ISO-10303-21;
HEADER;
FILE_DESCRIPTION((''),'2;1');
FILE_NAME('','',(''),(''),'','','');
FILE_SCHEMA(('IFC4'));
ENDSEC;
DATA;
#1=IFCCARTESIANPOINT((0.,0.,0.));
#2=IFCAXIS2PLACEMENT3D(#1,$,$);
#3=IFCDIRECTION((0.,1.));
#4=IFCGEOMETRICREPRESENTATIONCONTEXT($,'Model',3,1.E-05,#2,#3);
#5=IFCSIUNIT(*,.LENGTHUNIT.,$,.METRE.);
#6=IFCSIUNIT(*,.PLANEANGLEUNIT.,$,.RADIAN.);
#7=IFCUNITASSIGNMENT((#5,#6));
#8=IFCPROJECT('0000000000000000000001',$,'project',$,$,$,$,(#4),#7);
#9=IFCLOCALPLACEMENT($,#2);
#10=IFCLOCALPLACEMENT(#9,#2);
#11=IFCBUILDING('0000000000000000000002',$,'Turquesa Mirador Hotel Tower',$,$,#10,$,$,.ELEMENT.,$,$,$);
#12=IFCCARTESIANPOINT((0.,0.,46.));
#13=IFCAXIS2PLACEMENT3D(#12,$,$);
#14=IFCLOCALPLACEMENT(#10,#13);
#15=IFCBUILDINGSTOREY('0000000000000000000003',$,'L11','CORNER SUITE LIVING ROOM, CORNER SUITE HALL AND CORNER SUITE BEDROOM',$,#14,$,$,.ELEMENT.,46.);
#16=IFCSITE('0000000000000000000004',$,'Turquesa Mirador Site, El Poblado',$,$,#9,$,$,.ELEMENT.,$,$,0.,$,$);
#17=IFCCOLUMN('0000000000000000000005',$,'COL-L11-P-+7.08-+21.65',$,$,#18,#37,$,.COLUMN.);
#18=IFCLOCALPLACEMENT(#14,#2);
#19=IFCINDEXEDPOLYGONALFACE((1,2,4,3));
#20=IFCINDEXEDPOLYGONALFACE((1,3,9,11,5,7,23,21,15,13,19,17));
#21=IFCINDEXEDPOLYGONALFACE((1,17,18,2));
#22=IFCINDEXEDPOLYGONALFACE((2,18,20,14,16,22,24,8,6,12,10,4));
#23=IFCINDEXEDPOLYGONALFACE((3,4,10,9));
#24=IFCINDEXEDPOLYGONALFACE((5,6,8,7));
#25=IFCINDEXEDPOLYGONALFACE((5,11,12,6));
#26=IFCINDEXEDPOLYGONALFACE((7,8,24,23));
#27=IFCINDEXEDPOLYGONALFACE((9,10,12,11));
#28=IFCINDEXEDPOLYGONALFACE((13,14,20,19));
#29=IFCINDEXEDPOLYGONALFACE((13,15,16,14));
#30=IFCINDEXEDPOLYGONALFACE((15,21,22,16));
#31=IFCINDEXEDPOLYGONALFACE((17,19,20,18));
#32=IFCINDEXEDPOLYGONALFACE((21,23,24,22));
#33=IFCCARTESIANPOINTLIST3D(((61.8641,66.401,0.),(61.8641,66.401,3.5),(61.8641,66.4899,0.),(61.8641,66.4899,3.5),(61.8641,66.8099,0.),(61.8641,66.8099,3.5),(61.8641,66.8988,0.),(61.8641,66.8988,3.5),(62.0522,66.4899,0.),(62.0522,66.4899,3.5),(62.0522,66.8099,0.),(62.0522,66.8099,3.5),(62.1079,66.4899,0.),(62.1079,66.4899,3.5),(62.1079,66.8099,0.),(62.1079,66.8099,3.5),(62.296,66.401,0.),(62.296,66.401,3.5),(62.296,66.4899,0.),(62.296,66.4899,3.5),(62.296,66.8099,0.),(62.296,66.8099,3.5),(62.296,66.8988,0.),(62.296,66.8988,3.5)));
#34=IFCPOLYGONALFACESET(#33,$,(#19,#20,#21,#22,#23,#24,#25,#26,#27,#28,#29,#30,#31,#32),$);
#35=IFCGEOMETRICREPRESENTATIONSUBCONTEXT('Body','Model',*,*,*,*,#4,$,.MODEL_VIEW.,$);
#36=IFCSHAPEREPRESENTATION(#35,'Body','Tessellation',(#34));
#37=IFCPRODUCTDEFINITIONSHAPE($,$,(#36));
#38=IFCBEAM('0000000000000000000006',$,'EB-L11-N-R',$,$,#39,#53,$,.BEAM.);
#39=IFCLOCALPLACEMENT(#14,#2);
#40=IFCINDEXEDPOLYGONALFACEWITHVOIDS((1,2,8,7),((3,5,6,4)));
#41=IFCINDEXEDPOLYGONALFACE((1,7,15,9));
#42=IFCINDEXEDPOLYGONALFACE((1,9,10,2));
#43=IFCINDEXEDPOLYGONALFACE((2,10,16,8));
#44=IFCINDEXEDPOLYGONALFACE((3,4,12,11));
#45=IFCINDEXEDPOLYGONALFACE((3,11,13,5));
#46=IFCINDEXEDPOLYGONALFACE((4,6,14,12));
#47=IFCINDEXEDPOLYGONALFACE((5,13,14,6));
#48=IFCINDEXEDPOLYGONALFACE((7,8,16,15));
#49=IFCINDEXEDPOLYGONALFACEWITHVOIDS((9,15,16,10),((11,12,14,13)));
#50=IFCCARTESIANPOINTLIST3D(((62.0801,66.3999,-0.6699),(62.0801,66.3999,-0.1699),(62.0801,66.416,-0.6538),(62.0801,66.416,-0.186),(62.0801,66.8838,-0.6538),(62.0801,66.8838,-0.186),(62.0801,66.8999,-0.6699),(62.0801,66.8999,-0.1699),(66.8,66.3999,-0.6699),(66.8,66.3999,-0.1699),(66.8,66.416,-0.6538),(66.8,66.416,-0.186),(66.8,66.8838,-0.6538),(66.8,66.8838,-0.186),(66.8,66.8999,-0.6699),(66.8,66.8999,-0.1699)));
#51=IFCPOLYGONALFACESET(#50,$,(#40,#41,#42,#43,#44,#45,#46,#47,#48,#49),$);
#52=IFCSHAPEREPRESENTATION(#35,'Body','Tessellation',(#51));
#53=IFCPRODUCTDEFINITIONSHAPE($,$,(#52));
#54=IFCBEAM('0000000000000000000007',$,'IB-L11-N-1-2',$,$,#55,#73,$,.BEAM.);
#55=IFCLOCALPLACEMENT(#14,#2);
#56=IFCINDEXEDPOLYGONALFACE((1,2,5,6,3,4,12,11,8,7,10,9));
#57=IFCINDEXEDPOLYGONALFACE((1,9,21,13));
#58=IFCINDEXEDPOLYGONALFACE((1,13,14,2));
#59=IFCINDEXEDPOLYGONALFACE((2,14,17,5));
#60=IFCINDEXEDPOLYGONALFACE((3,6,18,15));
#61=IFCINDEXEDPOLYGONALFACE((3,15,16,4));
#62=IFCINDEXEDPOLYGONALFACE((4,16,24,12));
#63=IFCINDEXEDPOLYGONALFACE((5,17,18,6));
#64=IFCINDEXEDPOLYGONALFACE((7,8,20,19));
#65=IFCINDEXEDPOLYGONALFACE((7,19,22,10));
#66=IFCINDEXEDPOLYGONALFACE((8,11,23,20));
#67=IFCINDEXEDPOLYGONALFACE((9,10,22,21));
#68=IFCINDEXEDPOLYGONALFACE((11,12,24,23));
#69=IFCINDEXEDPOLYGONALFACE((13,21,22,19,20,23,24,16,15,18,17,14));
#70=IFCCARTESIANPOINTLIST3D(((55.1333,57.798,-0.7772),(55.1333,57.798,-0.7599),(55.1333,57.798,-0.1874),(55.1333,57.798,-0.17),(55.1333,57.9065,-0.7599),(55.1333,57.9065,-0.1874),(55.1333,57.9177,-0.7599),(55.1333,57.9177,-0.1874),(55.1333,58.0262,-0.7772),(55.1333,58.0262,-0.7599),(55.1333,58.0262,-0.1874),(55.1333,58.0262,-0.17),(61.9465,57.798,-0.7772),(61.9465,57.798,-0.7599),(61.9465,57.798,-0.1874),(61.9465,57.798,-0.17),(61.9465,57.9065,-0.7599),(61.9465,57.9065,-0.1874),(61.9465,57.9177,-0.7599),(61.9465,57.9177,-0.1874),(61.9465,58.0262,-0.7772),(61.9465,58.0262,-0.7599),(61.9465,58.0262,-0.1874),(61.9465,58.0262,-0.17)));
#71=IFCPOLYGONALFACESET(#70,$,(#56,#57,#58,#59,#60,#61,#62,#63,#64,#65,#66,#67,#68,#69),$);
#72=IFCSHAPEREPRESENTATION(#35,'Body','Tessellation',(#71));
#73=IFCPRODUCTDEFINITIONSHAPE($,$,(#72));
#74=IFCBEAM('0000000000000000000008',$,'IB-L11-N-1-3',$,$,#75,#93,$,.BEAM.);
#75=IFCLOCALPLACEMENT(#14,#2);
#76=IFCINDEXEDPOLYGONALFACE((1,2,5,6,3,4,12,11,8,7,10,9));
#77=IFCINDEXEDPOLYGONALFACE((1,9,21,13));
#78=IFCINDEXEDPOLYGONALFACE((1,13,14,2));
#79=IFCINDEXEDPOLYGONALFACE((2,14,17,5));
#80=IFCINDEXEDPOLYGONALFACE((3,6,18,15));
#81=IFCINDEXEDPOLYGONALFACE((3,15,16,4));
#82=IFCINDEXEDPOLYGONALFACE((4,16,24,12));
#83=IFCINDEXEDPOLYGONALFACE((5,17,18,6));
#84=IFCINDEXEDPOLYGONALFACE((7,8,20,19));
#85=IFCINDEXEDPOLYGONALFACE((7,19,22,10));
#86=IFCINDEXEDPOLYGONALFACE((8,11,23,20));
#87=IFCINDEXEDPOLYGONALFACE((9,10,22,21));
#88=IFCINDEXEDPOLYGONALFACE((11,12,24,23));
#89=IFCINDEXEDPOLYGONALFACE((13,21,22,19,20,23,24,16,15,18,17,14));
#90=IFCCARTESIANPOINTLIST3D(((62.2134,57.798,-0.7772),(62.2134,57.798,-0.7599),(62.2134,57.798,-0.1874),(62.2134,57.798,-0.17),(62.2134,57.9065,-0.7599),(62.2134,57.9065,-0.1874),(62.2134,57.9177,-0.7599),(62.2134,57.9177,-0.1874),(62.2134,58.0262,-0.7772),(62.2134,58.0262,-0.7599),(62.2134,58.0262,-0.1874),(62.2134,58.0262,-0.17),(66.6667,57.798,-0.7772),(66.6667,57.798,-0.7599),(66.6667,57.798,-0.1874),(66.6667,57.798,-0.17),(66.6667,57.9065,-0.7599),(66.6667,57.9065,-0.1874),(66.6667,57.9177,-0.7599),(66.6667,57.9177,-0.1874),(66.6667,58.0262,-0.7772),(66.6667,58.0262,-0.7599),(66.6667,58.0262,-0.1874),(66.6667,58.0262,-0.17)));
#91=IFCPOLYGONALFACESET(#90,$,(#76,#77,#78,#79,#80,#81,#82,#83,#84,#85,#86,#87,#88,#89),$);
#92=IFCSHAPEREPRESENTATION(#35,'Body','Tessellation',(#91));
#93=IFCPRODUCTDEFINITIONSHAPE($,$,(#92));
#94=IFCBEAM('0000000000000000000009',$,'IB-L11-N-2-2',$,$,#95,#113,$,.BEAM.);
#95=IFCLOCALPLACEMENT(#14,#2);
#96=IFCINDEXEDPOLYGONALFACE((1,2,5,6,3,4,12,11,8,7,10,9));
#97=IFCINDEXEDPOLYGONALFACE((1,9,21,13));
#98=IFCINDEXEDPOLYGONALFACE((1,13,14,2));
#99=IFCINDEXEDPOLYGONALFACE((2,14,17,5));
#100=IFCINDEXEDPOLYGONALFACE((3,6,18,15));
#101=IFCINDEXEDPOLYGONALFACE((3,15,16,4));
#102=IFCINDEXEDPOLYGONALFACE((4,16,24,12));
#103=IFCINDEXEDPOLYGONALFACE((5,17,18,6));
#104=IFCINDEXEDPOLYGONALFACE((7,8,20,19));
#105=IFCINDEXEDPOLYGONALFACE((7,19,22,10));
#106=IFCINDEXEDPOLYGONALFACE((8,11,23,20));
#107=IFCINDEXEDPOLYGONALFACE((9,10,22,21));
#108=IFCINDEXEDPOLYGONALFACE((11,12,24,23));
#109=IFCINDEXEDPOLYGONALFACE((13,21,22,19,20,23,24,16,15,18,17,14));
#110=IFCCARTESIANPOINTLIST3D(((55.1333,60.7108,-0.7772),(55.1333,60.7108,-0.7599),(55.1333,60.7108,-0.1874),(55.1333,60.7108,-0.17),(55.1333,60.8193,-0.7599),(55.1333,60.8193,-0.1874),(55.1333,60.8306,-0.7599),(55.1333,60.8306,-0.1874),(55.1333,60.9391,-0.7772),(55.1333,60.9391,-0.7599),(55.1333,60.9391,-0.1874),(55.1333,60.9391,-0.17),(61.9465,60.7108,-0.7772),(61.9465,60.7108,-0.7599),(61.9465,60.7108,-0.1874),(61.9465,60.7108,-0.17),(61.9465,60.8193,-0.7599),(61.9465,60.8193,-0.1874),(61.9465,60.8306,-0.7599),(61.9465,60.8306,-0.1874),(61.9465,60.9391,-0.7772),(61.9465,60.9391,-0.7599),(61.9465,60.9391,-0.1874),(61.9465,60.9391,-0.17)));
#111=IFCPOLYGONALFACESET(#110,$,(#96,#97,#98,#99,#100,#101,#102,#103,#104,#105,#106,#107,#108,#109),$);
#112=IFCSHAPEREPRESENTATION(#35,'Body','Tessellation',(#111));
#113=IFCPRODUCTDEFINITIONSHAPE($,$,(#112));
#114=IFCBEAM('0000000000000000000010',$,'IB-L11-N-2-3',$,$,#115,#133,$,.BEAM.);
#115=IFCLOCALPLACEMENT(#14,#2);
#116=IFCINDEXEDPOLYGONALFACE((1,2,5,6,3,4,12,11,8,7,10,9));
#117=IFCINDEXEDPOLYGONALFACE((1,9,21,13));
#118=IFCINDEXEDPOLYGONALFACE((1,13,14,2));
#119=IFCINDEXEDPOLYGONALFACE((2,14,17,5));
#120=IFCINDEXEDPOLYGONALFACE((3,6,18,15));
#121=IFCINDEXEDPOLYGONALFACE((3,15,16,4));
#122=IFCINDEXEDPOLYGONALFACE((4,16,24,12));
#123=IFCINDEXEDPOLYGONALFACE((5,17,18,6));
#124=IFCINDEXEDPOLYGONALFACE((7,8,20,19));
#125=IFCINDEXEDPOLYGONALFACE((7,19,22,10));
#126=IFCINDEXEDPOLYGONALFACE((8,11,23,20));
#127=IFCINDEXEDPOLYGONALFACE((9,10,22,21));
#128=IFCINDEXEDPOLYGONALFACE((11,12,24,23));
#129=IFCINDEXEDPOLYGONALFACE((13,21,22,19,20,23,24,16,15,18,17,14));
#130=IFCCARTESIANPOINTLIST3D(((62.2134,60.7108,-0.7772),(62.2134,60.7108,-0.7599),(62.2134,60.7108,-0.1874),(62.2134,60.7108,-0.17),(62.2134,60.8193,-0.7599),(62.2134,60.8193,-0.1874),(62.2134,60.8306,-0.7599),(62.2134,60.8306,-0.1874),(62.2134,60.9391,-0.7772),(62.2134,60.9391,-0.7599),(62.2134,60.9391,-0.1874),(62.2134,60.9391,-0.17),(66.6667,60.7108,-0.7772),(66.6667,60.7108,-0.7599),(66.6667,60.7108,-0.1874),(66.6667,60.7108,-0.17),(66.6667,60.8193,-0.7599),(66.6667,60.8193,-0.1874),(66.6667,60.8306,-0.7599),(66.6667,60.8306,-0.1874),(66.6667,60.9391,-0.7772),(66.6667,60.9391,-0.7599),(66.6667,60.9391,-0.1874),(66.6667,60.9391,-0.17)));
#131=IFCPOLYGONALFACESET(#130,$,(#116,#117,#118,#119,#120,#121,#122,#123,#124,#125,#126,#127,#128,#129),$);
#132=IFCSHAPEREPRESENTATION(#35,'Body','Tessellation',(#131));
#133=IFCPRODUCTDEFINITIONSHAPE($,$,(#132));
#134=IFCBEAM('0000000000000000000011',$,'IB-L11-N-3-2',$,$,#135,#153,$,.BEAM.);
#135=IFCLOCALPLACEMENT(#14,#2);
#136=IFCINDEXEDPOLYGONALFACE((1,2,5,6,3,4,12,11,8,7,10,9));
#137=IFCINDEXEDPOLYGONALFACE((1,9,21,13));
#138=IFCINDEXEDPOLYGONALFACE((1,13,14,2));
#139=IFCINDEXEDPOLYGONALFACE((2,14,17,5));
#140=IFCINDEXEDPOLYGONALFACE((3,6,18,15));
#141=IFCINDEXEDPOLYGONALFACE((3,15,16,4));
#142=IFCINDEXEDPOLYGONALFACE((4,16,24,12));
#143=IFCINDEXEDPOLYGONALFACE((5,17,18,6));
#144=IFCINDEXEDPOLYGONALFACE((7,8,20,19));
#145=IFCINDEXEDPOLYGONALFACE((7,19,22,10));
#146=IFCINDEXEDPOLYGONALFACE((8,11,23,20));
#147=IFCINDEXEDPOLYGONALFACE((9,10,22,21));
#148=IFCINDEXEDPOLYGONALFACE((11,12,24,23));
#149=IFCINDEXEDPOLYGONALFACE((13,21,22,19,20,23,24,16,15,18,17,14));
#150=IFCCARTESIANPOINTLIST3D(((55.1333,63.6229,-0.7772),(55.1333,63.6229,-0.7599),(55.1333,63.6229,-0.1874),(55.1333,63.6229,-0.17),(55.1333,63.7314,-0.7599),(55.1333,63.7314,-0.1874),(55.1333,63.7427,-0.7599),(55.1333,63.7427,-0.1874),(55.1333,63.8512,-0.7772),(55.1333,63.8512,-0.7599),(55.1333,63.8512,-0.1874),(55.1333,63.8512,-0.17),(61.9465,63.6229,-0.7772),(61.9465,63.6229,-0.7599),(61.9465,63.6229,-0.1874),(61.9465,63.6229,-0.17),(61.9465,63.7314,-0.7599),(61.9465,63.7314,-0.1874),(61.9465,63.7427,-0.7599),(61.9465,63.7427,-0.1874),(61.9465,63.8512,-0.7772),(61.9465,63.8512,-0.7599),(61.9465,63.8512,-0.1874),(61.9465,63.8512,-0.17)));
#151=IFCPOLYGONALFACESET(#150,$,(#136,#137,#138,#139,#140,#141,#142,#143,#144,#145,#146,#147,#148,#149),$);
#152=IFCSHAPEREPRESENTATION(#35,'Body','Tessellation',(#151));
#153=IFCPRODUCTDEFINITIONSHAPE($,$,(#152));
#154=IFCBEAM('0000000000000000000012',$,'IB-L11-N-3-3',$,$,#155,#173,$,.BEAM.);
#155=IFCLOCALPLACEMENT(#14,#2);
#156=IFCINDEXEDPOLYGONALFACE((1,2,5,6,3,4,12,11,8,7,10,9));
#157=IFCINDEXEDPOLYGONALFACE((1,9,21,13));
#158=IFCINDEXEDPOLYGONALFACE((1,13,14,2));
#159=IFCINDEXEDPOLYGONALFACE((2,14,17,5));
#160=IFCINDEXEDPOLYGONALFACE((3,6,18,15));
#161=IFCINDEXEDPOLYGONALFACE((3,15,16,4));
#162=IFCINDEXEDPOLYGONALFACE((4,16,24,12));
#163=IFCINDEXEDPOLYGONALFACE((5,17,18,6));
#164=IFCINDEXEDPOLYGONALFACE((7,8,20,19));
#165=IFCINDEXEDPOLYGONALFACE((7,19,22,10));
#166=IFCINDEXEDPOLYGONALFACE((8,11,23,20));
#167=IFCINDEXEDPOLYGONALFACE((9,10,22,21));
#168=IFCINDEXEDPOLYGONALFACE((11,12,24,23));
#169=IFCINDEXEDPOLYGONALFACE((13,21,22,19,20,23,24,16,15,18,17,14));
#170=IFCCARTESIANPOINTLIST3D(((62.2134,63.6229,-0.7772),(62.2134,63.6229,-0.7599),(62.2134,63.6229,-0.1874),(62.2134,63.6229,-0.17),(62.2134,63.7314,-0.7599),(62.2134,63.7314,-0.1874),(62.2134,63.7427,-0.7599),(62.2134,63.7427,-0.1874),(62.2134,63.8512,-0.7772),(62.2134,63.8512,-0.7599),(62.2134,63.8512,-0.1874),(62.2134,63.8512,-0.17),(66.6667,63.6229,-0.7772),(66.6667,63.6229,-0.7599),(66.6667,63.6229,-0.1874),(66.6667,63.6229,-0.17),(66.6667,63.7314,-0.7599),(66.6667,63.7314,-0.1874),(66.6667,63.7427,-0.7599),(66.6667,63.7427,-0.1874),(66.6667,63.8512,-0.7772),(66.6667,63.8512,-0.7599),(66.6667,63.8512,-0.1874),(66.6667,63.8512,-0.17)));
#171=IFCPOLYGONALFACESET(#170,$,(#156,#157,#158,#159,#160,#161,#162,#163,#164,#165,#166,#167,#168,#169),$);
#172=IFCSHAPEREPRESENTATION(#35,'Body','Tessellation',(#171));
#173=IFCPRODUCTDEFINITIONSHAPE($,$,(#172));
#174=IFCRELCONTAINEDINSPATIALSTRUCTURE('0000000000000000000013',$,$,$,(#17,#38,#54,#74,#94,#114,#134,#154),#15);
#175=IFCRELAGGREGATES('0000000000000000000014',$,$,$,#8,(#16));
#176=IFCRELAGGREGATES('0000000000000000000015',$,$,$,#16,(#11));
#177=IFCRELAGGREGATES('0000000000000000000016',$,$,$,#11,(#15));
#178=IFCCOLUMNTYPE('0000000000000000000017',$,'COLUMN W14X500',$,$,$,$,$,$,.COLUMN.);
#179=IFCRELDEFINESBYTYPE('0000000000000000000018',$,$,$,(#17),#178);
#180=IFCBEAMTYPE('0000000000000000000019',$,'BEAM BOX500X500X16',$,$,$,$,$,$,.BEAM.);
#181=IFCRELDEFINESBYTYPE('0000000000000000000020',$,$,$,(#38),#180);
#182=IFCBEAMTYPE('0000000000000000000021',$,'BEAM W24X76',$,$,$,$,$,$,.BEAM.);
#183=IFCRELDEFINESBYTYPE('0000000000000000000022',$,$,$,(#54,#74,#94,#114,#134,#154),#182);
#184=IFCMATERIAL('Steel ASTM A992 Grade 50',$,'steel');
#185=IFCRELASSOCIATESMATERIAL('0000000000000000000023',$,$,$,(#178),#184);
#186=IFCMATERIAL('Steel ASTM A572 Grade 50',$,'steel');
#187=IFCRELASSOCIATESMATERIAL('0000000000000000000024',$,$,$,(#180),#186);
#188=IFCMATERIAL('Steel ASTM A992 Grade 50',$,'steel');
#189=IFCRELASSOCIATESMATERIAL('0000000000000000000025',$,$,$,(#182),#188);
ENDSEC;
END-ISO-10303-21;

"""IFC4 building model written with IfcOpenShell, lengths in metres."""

from ifc_helpers import new_model, si_unit, direction, frame, origin, origin_2d, place, context, subcontext, project, spatial, hollow_rectangle, i_section, extrude, material, material_profile, profile_set, type_object, element, save


model = new_model("IFC4")

# Units and contexts
model_context = context("Model", 3, precision=1e-05, world=origin(), true_north=direction((0.0, 1.0)))
body_context = subcontext(model_context, "Body", "Model", "MODEL_VIEW")
ifc_project = project(units=[si_unit("LENGTHUNIT", "METRE"), si_unit("PLANEANGLEUNIT", "RADIAN")], contexts=[model_context])

# Site, building, storey
site_placement = place(None, origin())
site = spatial("IfcSite", under=ifc_project, at=site_placement, Name="Turquesa Mirador Site, El Poblado", CompositionType="ELEMENT", RefElevation=0.0)
building_placement = place(site_placement, origin())
building = spatial("IfcBuilding", under=site, at=building_placement, Name="Turquesa Mirador Hotel Tower", CompositionType="ELEMENT")
storey_placement = place(building_placement, frame((0.0, 0.0, 46.0)))
storey = spatial("IfcBuildingStorey", under=building, at=storey_placement, Name="L11", Description="CORNER SUITE LIVING ROOM, CORNER SUITE HALL AND CORNER SUITE BEDROOM", CompositionType="ELEMENT", Elevation=46.0)

# Column
ifc_material_1 = material(Name="Steel ASTM A992 Grade 50", Category="steel")
ifc_material_profile_1 = material_profile(ifc_material_1, i_section(OverallWidth=0.4319, OverallDepth=0.4978, WebThickness=0.0557, FlangeThickness=0.0889, at=origin_2d()), Name="W14X500")
ifc_profile_set_1 = profile_set([ifc_material_profile_1], Name="Steel ASTM A992 Grade 50")
column_type = type_object("IfcColumnType", Name="COLUMN W14X500", PredefinedType="COLUMN", material=ifc_profile_set_1)
column_placement = place(storey_placement, frame((62.0801, 66.6499, 0.0), z_axis=(0.0, 0.0, 1.0), x_axis=(1.0, 0.0, 0.0)))
element("IfcColumn", 1, at=column_placement, inside=storey, type_object=column_type, Name="COL-L11-P-+7.08-+21.65", PredefinedType="COLUMN", context=body_context, shape_type="SweptSolid", body=[
    extrude(i_section(OverallWidth=0.4319, OverallDepth=0.4978, WebThickness=0.0557, FlangeThickness=0.0889, at=origin_2d()), origin(), (0.0, 0.0, 1.0), 3.5),
])

# Beams
ifc_material_2 = material(Name="Steel ASTM A572 Grade 50", Category="steel")
ifc_material_profile_2 = material_profile(ifc_material_2, hollow_rectangle(XDim=0.5, YDim=0.5, WallThickness=0.0161, at=origin_2d()), Name="BOX500X500X16")
ifc_profile_set_2 = profile_set([ifc_material_profile_2], Name="Steel ASTM A572 Grade 50")
beam_type_1 = type_object("IfcBeamType", Name="BEAM BOX500X500X16", PredefinedType="BEAM", material=ifc_profile_set_2)
beam_1_placement = place(storey_placement, frame((62.0801, 66.6499, -0.4199), z_axis=(1.0, 0.0, 0.0), x_axis=(0.0, 1.0, 0.0)))
element("IfcBeam", 2, at=beam_1_placement, inside=storey, type_object=beam_type_1, Name="EB-L11-N-R", PredefinedType="BEAM", context=body_context, shape_type="SweptSolid", body=[
    extrude(hollow_rectangle(XDim=0.5, YDim=0.5, WallThickness=0.0161, at=origin_2d()), origin(), (0.0, 0.0, 1.0), 4.72),
])
ifc_material_3 = material(Name="Steel ASTM A992 Grade 50", Category="steel")
ifc_material_profile_3 = material_profile(ifc_material_3, i_section(OverallWidth=0.2283, OverallDepth=0.6072, WebThickness=0.0112, FlangeThickness=0.0173, at=origin_2d()), Name="W24X76")
ifc_profile_set_3 = profile_set([ifc_material_profile_3], Name="Steel ASTM A992 Grade 50")
beam_type_2 = type_object("IfcBeamType", Name="BEAM W24X76", PredefinedType="BEAM", material=ifc_profile_set_3)
beam_2_placement = place(storey_placement, frame((55.1333, 57.9121, -0.4736), z_axis=(1.0, 0.0, 0.0), x_axis=(0.0, 1.0, 0.0)))
element("IfcBeam", 3, at=beam_2_placement, inside=storey, type_object=beam_type_2, Name="IB-L11-N-1-2", PredefinedType="BEAM", context=body_context, shape_type="SweptSolid", body=[
    extrude(i_section(OverallWidth=0.2283, OverallDepth=0.6072, WebThickness=0.0112, FlangeThickness=0.0173, at=origin_2d()), origin(), (0.0, 0.0, 1.0), 6.8132),
])
beam_3_placement = place(storey_placement, frame((62.2134, 57.9121, -0.4736), z_axis=(1.0, 0.0, 0.0), x_axis=(0.0, 1.0, 0.0)))
element("IfcBeam", 4, at=beam_3_placement, inside=storey, type_object=beam_type_2, Name="IB-L11-N-1-3", PredefinedType="BEAM", context=body_context, shape_type="SweptSolid", body=[
    extrude(i_section(OverallWidth=0.2283, OverallDepth=0.6072, WebThickness=0.0112, FlangeThickness=0.0173, at=origin_2d()), origin(), (0.0, 0.0, 1.0), 4.4534),
])
beam_4_placement = place(storey_placement, frame((55.1333, 60.825, -0.4736), z_axis=(1.0, 0.0, 0.0), x_axis=(0.0, 1.0, 0.0)))
element("IfcBeam", 5, at=beam_4_placement, inside=storey, type_object=beam_type_2, Name="IB-L11-N-2-2", PredefinedType="BEAM", context=body_context, shape_type="SweptSolid", body=[
    extrude(i_section(OverallWidth=0.2283, OverallDepth=0.6072, WebThickness=0.0112, FlangeThickness=0.0173, at=origin_2d()), origin(), (0.0, 0.0, 1.0), 6.8132),
])
beam_5_placement = place(storey_placement, frame((62.2134, 60.825, -0.4736), z_axis=(1.0, 0.0, 0.0), x_axis=(0.0, 1.0, 0.0)))
element("IfcBeam", 6, at=beam_5_placement, inside=storey, type_object=beam_type_2, Name="IB-L11-N-2-3", PredefinedType="BEAM", context=body_context, shape_type="SweptSolid", body=[
    extrude(i_section(OverallWidth=0.2283, OverallDepth=0.6072, WebThickness=0.0112, FlangeThickness=0.0173, at=origin_2d()), origin(), (0.0, 0.0, 1.0), 4.4534),
])
beam_6_placement = place(storey_placement, frame((55.1333, 63.7371, -0.4736), z_axis=(1.0, 0.0, 0.0), x_axis=(0.0, 1.0, 0.0)))
element("IfcBeam", 7, at=beam_6_placement, inside=storey, type_object=beam_type_2, Name="IB-L11-N-3-2", PredefinedType="BEAM", context=body_context, shape_type="SweptSolid", body=[
    extrude(i_section(OverallWidth=0.2283, OverallDepth=0.6072, WebThickness=0.0112, FlangeThickness=0.0173, at=origin_2d()), origin(), (0.0, 0.0, 1.0), 6.8132),
])
beam_7_placement = place(storey_placement, frame((62.2134, 63.7371, -0.4736), z_axis=(1.0, 0.0, 0.0), x_axis=(0.0, 1.0, 0.0)))
element("IfcBeam", 8, at=beam_7_placement, inside=storey, type_object=beam_type_2, Name="IB-L11-N-3-3", PredefinedType="BEAM", context=body_context, shape_type="SweptSolid", body=[
    extrude(i_section(OverallWidth=0.2283, OverallDepth=0.6072, WebThickness=0.0112, FlangeThickness=0.0173, at=origin_2d()), origin(), (0.0, 0.0, 1.0), 4.4534),
])

save(model, "model.ifc")
